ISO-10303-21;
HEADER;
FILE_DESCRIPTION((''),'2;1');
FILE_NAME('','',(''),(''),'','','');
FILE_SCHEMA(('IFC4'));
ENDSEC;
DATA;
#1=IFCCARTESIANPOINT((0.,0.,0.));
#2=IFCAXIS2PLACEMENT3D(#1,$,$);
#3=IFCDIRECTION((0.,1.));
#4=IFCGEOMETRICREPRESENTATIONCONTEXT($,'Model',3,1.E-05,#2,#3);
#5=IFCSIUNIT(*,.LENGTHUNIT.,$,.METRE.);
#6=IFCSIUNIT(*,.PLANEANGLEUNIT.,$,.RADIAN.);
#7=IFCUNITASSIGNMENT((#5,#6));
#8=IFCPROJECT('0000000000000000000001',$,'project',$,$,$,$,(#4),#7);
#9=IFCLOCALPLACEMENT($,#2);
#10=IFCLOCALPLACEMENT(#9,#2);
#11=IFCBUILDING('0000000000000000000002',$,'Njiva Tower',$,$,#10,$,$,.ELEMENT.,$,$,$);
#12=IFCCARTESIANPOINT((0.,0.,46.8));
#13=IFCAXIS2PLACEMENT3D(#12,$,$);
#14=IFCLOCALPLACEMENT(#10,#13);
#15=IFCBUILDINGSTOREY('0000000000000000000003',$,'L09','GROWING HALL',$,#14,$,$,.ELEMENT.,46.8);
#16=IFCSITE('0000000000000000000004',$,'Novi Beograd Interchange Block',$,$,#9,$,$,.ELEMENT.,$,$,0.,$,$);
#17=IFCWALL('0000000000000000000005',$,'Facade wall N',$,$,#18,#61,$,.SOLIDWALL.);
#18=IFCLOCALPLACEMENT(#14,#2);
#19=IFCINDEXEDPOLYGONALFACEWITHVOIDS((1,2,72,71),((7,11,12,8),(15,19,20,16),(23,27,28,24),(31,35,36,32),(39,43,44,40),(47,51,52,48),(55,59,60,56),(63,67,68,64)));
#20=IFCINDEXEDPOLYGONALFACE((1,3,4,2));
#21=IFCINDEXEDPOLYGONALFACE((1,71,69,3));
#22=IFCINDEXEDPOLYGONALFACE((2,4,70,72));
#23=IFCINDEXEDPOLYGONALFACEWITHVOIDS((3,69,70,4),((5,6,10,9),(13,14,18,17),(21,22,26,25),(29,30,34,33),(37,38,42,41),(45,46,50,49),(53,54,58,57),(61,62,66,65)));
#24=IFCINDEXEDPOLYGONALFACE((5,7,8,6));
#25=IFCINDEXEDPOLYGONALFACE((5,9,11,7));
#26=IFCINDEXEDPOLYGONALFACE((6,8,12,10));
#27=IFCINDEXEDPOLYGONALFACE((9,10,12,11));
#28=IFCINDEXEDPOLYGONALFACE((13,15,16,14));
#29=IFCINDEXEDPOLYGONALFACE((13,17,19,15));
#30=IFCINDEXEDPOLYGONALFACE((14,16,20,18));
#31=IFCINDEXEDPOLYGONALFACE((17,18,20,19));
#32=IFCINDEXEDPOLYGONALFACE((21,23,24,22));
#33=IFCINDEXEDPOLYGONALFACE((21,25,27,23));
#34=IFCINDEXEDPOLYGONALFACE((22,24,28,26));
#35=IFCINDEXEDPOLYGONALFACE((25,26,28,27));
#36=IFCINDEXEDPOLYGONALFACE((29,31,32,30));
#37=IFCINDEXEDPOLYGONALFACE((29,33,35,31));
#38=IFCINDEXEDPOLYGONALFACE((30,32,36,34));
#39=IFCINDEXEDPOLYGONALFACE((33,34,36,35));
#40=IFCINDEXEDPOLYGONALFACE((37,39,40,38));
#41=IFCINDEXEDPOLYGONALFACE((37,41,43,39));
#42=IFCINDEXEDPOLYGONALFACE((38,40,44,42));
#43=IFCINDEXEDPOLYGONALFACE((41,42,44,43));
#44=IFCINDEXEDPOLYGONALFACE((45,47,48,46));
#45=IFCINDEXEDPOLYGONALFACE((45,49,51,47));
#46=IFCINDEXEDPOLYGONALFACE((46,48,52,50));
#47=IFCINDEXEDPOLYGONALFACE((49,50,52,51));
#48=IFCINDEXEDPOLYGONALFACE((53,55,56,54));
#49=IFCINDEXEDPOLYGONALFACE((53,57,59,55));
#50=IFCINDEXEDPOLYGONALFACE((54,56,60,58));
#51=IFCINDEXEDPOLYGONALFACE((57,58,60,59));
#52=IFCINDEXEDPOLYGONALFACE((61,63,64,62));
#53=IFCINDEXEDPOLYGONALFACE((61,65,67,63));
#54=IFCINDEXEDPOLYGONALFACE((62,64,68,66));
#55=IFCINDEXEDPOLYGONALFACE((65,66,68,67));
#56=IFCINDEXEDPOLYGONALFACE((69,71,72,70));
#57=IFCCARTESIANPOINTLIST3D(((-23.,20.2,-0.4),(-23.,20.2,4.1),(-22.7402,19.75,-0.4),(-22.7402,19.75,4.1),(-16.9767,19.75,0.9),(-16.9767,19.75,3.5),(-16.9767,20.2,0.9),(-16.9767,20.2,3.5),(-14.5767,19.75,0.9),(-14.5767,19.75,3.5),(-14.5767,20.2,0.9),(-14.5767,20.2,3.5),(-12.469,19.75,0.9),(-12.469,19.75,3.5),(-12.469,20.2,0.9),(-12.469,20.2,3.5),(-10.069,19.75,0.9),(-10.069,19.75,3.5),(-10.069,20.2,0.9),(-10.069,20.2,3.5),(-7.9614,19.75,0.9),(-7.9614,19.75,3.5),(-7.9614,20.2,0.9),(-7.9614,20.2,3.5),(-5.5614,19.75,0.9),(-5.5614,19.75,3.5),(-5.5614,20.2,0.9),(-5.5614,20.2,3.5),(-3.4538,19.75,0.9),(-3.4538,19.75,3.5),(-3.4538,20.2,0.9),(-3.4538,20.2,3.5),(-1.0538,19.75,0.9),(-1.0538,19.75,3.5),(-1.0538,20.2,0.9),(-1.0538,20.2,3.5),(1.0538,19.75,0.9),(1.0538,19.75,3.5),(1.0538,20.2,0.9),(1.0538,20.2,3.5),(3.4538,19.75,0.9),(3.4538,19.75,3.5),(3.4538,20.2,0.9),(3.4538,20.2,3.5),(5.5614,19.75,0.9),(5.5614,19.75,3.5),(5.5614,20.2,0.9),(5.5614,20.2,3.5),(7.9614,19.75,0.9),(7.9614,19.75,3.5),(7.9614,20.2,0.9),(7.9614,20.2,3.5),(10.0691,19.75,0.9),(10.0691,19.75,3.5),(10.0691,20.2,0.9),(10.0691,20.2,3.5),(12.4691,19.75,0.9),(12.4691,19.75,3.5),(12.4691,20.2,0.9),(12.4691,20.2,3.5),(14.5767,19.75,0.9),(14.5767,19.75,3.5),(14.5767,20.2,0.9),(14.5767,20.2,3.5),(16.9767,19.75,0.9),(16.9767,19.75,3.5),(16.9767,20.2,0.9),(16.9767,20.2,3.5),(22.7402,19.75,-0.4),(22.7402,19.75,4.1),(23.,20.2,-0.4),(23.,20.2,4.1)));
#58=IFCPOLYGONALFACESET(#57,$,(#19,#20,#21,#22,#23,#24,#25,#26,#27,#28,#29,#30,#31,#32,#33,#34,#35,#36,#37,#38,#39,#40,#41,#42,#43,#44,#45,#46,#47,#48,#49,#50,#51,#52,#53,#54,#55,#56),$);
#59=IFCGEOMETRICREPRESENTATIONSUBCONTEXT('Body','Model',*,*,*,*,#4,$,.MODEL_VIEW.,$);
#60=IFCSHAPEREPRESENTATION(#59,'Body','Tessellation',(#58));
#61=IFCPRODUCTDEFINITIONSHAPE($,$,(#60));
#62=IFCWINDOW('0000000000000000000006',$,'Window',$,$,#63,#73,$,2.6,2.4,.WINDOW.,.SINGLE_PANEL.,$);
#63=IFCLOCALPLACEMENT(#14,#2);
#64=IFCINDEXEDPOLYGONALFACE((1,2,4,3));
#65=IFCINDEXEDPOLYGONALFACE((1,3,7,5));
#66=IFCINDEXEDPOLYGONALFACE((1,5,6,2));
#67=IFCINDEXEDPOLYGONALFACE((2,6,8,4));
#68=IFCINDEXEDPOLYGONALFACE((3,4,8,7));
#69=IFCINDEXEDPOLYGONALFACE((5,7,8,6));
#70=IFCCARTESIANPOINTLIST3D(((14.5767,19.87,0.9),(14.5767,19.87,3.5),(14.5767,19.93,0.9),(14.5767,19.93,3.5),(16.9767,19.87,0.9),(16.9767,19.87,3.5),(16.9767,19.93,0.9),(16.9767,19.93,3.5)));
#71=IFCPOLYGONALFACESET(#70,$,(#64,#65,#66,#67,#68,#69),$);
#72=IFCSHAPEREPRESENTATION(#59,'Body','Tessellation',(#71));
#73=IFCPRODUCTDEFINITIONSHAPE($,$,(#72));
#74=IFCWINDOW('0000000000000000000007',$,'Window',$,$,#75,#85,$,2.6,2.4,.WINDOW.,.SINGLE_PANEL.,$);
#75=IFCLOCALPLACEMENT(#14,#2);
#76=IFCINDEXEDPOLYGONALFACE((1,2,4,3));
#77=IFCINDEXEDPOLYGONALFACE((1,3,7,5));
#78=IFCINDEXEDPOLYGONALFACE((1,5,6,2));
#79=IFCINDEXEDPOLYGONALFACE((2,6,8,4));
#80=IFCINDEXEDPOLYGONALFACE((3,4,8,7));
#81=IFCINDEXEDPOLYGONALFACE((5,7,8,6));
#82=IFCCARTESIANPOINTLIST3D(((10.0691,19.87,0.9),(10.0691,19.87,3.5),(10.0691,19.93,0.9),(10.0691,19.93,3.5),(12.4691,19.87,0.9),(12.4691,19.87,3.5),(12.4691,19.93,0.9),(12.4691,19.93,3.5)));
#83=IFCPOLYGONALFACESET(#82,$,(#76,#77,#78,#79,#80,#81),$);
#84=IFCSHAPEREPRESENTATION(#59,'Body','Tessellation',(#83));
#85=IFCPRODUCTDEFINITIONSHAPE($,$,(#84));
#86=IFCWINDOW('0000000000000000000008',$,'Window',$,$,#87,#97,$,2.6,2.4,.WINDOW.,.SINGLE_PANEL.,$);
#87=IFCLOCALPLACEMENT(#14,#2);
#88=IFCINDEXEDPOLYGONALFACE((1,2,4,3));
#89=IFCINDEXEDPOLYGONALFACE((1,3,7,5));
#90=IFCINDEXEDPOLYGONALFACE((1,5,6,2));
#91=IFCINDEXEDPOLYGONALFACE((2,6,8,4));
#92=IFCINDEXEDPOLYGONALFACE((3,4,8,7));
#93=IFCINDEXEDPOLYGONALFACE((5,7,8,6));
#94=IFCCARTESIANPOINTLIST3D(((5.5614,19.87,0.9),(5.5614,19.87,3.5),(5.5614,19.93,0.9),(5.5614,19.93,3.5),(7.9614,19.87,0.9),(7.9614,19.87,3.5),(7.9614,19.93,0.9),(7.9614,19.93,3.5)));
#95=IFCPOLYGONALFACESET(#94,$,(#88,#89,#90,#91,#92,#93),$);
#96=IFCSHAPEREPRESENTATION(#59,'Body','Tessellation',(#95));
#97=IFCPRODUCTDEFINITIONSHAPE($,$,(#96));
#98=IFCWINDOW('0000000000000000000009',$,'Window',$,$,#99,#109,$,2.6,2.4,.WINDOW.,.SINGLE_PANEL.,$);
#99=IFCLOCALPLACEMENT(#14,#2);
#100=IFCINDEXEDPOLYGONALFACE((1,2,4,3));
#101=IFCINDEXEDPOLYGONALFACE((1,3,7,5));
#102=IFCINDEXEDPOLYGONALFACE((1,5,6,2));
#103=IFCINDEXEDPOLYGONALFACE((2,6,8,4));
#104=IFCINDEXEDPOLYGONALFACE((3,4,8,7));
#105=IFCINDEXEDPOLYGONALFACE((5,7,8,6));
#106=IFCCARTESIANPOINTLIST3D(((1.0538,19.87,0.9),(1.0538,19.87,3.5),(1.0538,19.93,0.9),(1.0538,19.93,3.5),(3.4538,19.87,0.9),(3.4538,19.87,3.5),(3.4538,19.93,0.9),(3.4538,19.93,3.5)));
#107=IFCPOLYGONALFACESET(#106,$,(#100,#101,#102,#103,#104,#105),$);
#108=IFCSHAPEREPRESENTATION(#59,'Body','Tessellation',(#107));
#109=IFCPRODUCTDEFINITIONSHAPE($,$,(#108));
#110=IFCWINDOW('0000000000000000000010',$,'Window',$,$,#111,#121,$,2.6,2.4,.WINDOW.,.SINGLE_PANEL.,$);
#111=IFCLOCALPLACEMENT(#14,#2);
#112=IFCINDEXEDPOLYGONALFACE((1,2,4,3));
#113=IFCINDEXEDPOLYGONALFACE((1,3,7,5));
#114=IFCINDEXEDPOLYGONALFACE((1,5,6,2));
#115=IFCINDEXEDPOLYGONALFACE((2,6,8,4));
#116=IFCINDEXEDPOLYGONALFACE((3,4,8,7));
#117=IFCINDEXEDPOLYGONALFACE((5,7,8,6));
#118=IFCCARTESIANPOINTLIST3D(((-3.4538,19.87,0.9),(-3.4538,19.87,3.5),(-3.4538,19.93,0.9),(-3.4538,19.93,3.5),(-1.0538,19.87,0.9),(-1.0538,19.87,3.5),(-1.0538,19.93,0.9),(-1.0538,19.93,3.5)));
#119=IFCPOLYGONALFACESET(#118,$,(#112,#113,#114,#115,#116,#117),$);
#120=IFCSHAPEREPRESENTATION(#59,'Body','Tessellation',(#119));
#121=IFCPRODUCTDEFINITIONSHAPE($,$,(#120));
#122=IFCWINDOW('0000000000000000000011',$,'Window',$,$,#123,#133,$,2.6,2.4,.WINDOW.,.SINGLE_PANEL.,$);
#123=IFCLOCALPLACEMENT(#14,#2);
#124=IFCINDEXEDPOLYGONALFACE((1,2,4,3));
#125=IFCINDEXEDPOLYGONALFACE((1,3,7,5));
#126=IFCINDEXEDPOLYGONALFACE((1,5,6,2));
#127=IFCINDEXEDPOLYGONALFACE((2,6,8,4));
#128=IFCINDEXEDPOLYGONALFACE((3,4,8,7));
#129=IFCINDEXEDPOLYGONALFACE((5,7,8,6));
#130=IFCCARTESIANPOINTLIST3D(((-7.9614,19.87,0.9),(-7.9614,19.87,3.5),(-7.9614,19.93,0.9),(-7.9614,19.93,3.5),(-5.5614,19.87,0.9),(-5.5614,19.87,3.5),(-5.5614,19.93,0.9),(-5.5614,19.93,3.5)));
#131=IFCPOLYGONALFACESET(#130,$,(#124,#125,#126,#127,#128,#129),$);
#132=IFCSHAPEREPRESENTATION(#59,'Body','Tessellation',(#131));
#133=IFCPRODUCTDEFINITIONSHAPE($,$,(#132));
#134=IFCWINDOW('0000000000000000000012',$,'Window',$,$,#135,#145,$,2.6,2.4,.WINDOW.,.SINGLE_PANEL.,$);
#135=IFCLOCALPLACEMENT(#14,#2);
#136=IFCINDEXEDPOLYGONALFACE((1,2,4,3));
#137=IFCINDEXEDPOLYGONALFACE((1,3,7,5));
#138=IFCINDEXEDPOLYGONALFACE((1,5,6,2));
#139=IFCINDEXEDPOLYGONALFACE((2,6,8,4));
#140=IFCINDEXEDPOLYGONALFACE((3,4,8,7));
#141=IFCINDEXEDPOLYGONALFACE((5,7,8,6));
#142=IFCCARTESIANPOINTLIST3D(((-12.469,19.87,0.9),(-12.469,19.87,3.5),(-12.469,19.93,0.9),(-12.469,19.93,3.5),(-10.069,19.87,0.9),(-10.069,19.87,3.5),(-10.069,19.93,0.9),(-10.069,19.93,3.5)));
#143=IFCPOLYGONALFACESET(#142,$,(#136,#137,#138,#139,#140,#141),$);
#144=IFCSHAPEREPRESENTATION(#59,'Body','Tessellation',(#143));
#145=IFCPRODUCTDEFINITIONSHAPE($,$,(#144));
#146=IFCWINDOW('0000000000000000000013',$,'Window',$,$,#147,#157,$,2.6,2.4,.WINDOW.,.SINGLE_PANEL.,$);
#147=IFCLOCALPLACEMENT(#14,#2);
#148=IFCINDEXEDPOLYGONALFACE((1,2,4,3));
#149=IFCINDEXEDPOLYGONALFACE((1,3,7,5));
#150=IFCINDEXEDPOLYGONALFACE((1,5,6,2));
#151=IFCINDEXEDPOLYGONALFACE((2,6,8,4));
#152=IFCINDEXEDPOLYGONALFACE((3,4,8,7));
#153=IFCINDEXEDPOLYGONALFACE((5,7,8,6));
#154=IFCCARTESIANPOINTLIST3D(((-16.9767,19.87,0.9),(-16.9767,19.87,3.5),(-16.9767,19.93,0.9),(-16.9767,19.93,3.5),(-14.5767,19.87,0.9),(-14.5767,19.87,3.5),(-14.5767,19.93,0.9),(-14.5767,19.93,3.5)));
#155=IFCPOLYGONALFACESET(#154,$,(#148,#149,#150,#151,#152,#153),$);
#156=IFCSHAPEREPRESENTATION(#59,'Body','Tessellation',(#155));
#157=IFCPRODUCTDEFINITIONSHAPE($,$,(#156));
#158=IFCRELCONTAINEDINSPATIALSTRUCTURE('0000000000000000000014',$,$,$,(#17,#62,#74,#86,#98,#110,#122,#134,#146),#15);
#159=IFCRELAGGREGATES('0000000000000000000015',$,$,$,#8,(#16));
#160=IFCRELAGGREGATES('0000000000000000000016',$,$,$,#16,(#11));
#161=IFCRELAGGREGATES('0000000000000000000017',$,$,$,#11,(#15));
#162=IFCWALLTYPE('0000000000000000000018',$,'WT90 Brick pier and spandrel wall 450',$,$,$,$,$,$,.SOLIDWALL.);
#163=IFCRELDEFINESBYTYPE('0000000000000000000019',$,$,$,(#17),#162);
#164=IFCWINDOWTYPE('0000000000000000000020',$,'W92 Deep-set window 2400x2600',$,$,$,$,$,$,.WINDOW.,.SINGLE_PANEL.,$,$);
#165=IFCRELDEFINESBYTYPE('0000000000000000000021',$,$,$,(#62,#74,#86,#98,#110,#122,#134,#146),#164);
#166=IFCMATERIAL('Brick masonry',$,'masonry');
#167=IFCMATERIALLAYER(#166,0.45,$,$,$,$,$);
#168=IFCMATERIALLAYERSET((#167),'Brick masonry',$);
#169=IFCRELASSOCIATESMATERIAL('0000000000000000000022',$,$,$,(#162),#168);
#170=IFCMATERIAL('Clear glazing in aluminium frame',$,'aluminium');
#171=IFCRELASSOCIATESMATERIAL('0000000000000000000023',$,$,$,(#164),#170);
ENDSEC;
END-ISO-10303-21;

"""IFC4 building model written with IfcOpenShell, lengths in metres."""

from ifc_helpers import new_model, si_unit, direction, frame, frame_2d, origin, place, context, subcontext, project, spatial, polyline, rectangle, outline, extrude, material, layer, layer_set, type_object, element, fill, save


model = new_model("IFC4")

# Units and contexts
model_context = context("Model", 3, precision=1e-05, world=origin(), true_north=direction((0.0, 1.0)))
body_context = subcontext(model_context, "Body", "Model", "MODEL_VIEW")
ifc_project = project(units=[si_unit("LENGTHUNIT", "METRE"), si_unit("PLANEANGLEUNIT", "RADIAN")], contexts=[model_context])

# Site, building, storey
site_placement = place(None, origin())
site = spatial("IfcSite", under=ifc_project, at=site_placement, Name="Novi Beograd Interchange Block", CompositionType="ELEMENT", RefElevation=0.0)
building_placement = place(site_placement, origin())
building = spatial("IfcBuilding", under=site, at=building_placement, Name="Njiva Tower", CompositionType="ELEMENT")
storey_placement = place(building_placement, frame((0.0, 0.0, 46.8)))
storey = spatial("IfcBuildingStorey", under=building, at=storey_placement, Name="L09", Description="GROWING HALL", CompositionType="ELEMENT", Elevation=46.8)

# Wall, openings, windows
ifc_material_1 = material(Name="Brick masonry", Category="masonry")
ifc_layer_1 = layer(ifc_material_1, 0.45)
ifc_layer_set_1 = layer_set([ifc_layer_1], Name="Brick masonry")
wall_type_1 = type_object("IfcWallType", Name="WT90 Brick pier and spandrel wall 450", PredefinedType="SOLIDWALL", material=ifc_layer_set_1)
wall_1_placement = place(storey_placement, frame((22.8701, 19.975, -0.4), z_axis=(0.0, 0.0, 1.0), x_axis=(-1.0, 0.0, 0.0)))
wall_1 = element("IfcWall", 1, at=wall_1_placement, inside=storey, type_object=wall_type_1, Name="Facade wall N", PredefinedType="SOLIDWALL", context=body_context, shape_type="SweptSolid", body=[
    extrude(outline(polyline([(-0.1299, -0.225), (45.8701, -0.225), (45.6103, 0.225), (0.1299, 0.225), (-0.1299, -0.225)])), origin(), (0.0, 0.0, 1.0), 4.5),
])
opening_1_placement = place(wall_1_placement, frame((5.8934, 0.0, 1.3)))
opening_1 = element("IfcOpeningElement", 2, at=opening_1_placement, cuts=wall_1, PredefinedType="OPENING", context=body_context, shape_type="SweptSolid", body=[
    extrude(rectangle(XDim=2.4, YDim=2.6, at=frame_2d((1.2, 1.3))), frame((0.0, 0.235, 0.0), z_axis=(0.0, -1.0, 0.0), x_axis=(1.0, 0.0, 0.0)), (0.0, 0.0, 1.0), 0.47),
])
opening_2_placement = place(wall_1_placement, frame((10.401, 0.0, 1.3)))
opening_2 = element("IfcOpeningElement", 3, at=opening_2_placement, cuts=wall_1, PredefinedType="OPENING", context=body_context, shape_type="SweptSolid", body=[
    extrude(rectangle(XDim=2.4, YDim=2.6, at=frame_2d((1.2, 1.3))), frame((0.0, 0.235, 0.0), z_axis=(0.0, -1.0, 0.0), x_axis=(1.0, 0.0, 0.0)), (0.0, 0.0, 1.0), 0.47),
])
opening_3_placement = place(wall_1_placement, frame((14.9087, 0.0, 1.3)))
opening_3 = element("IfcOpeningElement", 4, at=opening_3_placement, cuts=wall_1, PredefinedType="OPENING", context=body_context, shape_type="SweptSolid", body=[
    extrude(rectangle(XDim=2.4, YDim=2.6, at=frame_2d((1.2, 1.3))), frame((0.0, 0.235, 0.0), z_axis=(0.0, -1.0, 0.0), x_axis=(1.0, 0.0, 0.0)), (0.0, 0.0, 1.0), 0.47),
])
opening_4_placement = place(wall_1_placement, frame((19.4163, 0.0, 1.3)))
opening_4 = element("IfcOpeningElement", 5, at=opening_4_placement, cuts=wall_1, PredefinedType="OPENING", context=body_context, shape_type="SweptSolid", body=[
    extrude(rectangle(XDim=2.4, YDim=2.6, at=frame_2d((1.2, 1.3))), frame((0.0, 0.235, 0.0), z_axis=(0.0, -1.0, 0.0), x_axis=(1.0, 0.0, 0.0)), (0.0, 0.0, 1.0), 0.47),
])
opening_5_placement = place(wall_1_placement, frame((23.9239, 0.0, 1.3)))
opening_5 = element("IfcOpeningElement", 6, at=opening_5_placement, cuts=wall_1, PredefinedType="OPENING", context=body_context, shape_type="SweptSolid", body=[
    extrude(rectangle(XDim=2.4, YDim=2.6, at=frame_2d((1.2, 1.3))), frame((0.0, 0.235, 0.0), z_axis=(0.0, -1.0, 0.0), x_axis=(1.0, 0.0, 0.0)), (0.0, 0.0, 1.0), 0.47),
])
opening_6_placement = place(wall_1_placement, frame((28.4315, 0.0, 1.3)))
opening_6 = element("IfcOpeningElement", 7, at=opening_6_placement, cuts=wall_1, PredefinedType="OPENING", context=body_context, shape_type="SweptSolid", body=[
    extrude(rectangle(XDim=2.4, YDim=2.6, at=frame_2d((1.2, 1.3))), frame((0.0, 0.235, 0.0), z_axis=(0.0, -1.0, 0.0), x_axis=(1.0, 0.0, 0.0)), (0.0, 0.0, 1.0), 0.47),
])
opening_7_placement = place(wall_1_placement, frame((32.9391, 0.0, 1.3)))
opening_7 = element("IfcOpeningElement", 8, at=opening_7_placement, cuts=wall_1, PredefinedType="OPENING", context=body_context, shape_type="SweptSolid", body=[
    extrude(rectangle(XDim=2.4, YDim=2.6, at=frame_2d((1.2, 1.3))), frame((0.0, 0.235, 0.0), z_axis=(0.0, -1.0, 0.0), x_axis=(1.0, 0.0, 0.0)), (0.0, 0.0, 1.0), 0.47),
])
opening_8_placement = place(wall_1_placement, frame((37.4468, 0.0, 1.3)))
opening_8 = element("IfcOpeningElement", 9, at=opening_8_placement, cuts=wall_1, PredefinedType="OPENING", context=body_context, shape_type="SweptSolid", body=[
    extrude(rectangle(XDim=2.4, YDim=2.6, at=frame_2d((1.2, 1.3))), frame((0.0, 0.235, 0.0), z_axis=(0.0, -1.0, 0.0), x_axis=(1.0, 0.0, 0.0)), (0.0, 0.0, 1.0), 0.47),
])
ifc_material_2 = material(Name="Clear glazing in aluminium frame", Category="aluminium")
window_type = type_object("IfcWindowType", Name="W92 Deep-set window 2400x2600", PartitioningType="SINGLE_PANEL", PredefinedType="WINDOW", material=ifc_material_2)
window_1_placement = place(opening_1_placement, origin())
window_1 = element("IfcWindow", 10, at=window_1_placement, inside=storey, type_object=window_type, Name="Window", OverallHeight=2.6, OverallWidth=2.4, PartitioningType="SINGLE_PANEL", PredefinedType="WINDOW", context=body_context, shape_type="SweptSolid", body=[
    extrude(rectangle(XDim=2.4, YDim=2.6, at=frame_2d((1.2, 1.3))), frame((0.0, 0.105, 0.0), z_axis=(0.0, -1.0, 0.0), x_axis=(1.0, 0.0, 0.0)), (0.0, 0.0, 1.0), 0.06),
])
fill(opening_1, window_1)
window_2_placement = place(opening_2_placement, origin())
window_2 = element("IfcWindow", 11, at=window_2_placement, inside=storey, type_object=window_type, Name="Window", OverallHeight=2.6, OverallWidth=2.4, PartitioningType="SINGLE_PANEL", PredefinedType="WINDOW", context=body_context, shape_type="SweptSolid", body=[
    extrude(rectangle(XDim=2.4, YDim=2.6, at=frame_2d((1.2, 1.3))), frame((0.0, 0.105, 0.0), z_axis=(0.0, -1.0, 0.0), x_axis=(1.0, 0.0, 0.0)), (0.0, 0.0, 1.0), 0.06),
])
fill(opening_2, window_2)
window_3_placement = place(opening_3_placement, origin())
window_3 = element("IfcWindow", 12, at=window_3_placement, inside=storey, type_object=window_type, Name="Window", OverallHeight=2.6, OverallWidth=2.4, PartitioningType="SINGLE_PANEL", PredefinedType="WINDOW", context=body_context, shape_type="SweptSolid", body=[
    extrude(rectangle(XDim=2.4, YDim=2.6, at=frame_2d((1.2, 1.3))), frame((0.0, 0.105, 0.0), z_axis=(0.0, -1.0, 0.0), x_axis=(1.0, 0.0, 0.0)), (0.0, 0.0, 1.0), 0.06),
])
fill(opening_3, window_3)
window_4_placement = place(opening_4_placement, origin())
window_4 = element("IfcWindow", 13, at=window_4_placement, inside=storey, type_object=window_type, Name="Window", OverallHeight=2.6, OverallWidth=2.4, PartitioningType="SINGLE_PANEL", PredefinedType="WINDOW", context=body_context, shape_type="SweptSolid", body=[
    extrude(rectangle(XDim=2.4, YDim=2.6, at=frame_2d((1.2, 1.3))), frame((0.0, 0.105, 0.0), z_axis=(0.0, -1.0, 0.0), x_axis=(1.0, 0.0, 0.0)), (0.0, 0.0, 1.0), 0.06),
])
fill(opening_4, window_4)
window_5_placement = place(opening_5_placement, origin())
window_5 = element("IfcWindow", 14, at=window_5_placement, inside=storey, type_object=window_type, Name="Window", OverallHeight=2.6, OverallWidth=2.4, PartitioningType="SINGLE_PANEL", PredefinedType="WINDOW", context=body_context, shape_type="SweptSolid", body=[
    extrude(rectangle(XDim=2.4, YDim=2.6, at=frame_2d((1.2, 1.3))), frame((0.0, 0.105, 0.0), z_axis=(0.0, -1.0, 0.0), x_axis=(1.0, 0.0, 0.0)), (0.0, 0.0, 1.0), 0.06),
])
fill(opening_5, window_5)
window_6_placement = place(opening_6_placement, origin())
window_6 = element("IfcWindow", 15, at=window_6_placement, inside=storey, type_object=window_type, Name="Window", OverallHeight=2.6, OverallWidth=2.4, PartitioningType="SINGLE_PANEL", PredefinedType="WINDOW", context=body_context, shape_type="SweptSolid", body=[
    extrude(rectangle(XDim=2.4, YDim=2.6, at=frame_2d((1.2, 1.3))), frame((0.0, 0.105, 0.0), z_axis=(0.0, -1.0, 0.0), x_axis=(1.0, 0.0, 0.0)), (0.0, 0.0, 1.0), 0.06),
])
fill(opening_6, window_6)
window_7_placement = place(opening_7_placement, origin())
window_7 = element("IfcWindow", 16, at=window_7_placement, inside=storey, type_object=window_type, Name="Window", OverallHeight=2.6, OverallWidth=2.4, PartitioningType="SINGLE_PANEL", PredefinedType="WINDOW", context=body_context, shape_type="SweptSolid", body=[
    extrude(rectangle(XDim=2.4, YDim=2.6, at=frame_2d((1.2, 1.3))), frame((0.0, 0.105, 0.0), z_axis=(0.0, -1.0, 0.0), x_axis=(1.0, 0.0, 0.0)), (0.0, 0.0, 1.0), 0.06),
])
fill(opening_7, window_7)
window_8_placement = place(opening_8_placement, origin())
window_8 = element("IfcWindow", 17, at=window_8_placement, inside=storey, type_object=window_type, Name="Window", OverallHeight=2.6, OverallWidth=2.4, PartitioningType="SINGLE_PANEL", PredefinedType="WINDOW", context=body_context, shape_type="SweptSolid", body=[
    extrude(rectangle(XDim=2.4, YDim=2.6, at=frame_2d((1.2, 1.3))), frame((0.0, 0.105, 0.0), z_axis=(0.0, -1.0, 0.0), x_axis=(1.0, 0.0, 0.0)), (0.0, 0.0, 1.0), 0.06),
])
fill(opening_8, window_8)

save(model, "model.ifc")
